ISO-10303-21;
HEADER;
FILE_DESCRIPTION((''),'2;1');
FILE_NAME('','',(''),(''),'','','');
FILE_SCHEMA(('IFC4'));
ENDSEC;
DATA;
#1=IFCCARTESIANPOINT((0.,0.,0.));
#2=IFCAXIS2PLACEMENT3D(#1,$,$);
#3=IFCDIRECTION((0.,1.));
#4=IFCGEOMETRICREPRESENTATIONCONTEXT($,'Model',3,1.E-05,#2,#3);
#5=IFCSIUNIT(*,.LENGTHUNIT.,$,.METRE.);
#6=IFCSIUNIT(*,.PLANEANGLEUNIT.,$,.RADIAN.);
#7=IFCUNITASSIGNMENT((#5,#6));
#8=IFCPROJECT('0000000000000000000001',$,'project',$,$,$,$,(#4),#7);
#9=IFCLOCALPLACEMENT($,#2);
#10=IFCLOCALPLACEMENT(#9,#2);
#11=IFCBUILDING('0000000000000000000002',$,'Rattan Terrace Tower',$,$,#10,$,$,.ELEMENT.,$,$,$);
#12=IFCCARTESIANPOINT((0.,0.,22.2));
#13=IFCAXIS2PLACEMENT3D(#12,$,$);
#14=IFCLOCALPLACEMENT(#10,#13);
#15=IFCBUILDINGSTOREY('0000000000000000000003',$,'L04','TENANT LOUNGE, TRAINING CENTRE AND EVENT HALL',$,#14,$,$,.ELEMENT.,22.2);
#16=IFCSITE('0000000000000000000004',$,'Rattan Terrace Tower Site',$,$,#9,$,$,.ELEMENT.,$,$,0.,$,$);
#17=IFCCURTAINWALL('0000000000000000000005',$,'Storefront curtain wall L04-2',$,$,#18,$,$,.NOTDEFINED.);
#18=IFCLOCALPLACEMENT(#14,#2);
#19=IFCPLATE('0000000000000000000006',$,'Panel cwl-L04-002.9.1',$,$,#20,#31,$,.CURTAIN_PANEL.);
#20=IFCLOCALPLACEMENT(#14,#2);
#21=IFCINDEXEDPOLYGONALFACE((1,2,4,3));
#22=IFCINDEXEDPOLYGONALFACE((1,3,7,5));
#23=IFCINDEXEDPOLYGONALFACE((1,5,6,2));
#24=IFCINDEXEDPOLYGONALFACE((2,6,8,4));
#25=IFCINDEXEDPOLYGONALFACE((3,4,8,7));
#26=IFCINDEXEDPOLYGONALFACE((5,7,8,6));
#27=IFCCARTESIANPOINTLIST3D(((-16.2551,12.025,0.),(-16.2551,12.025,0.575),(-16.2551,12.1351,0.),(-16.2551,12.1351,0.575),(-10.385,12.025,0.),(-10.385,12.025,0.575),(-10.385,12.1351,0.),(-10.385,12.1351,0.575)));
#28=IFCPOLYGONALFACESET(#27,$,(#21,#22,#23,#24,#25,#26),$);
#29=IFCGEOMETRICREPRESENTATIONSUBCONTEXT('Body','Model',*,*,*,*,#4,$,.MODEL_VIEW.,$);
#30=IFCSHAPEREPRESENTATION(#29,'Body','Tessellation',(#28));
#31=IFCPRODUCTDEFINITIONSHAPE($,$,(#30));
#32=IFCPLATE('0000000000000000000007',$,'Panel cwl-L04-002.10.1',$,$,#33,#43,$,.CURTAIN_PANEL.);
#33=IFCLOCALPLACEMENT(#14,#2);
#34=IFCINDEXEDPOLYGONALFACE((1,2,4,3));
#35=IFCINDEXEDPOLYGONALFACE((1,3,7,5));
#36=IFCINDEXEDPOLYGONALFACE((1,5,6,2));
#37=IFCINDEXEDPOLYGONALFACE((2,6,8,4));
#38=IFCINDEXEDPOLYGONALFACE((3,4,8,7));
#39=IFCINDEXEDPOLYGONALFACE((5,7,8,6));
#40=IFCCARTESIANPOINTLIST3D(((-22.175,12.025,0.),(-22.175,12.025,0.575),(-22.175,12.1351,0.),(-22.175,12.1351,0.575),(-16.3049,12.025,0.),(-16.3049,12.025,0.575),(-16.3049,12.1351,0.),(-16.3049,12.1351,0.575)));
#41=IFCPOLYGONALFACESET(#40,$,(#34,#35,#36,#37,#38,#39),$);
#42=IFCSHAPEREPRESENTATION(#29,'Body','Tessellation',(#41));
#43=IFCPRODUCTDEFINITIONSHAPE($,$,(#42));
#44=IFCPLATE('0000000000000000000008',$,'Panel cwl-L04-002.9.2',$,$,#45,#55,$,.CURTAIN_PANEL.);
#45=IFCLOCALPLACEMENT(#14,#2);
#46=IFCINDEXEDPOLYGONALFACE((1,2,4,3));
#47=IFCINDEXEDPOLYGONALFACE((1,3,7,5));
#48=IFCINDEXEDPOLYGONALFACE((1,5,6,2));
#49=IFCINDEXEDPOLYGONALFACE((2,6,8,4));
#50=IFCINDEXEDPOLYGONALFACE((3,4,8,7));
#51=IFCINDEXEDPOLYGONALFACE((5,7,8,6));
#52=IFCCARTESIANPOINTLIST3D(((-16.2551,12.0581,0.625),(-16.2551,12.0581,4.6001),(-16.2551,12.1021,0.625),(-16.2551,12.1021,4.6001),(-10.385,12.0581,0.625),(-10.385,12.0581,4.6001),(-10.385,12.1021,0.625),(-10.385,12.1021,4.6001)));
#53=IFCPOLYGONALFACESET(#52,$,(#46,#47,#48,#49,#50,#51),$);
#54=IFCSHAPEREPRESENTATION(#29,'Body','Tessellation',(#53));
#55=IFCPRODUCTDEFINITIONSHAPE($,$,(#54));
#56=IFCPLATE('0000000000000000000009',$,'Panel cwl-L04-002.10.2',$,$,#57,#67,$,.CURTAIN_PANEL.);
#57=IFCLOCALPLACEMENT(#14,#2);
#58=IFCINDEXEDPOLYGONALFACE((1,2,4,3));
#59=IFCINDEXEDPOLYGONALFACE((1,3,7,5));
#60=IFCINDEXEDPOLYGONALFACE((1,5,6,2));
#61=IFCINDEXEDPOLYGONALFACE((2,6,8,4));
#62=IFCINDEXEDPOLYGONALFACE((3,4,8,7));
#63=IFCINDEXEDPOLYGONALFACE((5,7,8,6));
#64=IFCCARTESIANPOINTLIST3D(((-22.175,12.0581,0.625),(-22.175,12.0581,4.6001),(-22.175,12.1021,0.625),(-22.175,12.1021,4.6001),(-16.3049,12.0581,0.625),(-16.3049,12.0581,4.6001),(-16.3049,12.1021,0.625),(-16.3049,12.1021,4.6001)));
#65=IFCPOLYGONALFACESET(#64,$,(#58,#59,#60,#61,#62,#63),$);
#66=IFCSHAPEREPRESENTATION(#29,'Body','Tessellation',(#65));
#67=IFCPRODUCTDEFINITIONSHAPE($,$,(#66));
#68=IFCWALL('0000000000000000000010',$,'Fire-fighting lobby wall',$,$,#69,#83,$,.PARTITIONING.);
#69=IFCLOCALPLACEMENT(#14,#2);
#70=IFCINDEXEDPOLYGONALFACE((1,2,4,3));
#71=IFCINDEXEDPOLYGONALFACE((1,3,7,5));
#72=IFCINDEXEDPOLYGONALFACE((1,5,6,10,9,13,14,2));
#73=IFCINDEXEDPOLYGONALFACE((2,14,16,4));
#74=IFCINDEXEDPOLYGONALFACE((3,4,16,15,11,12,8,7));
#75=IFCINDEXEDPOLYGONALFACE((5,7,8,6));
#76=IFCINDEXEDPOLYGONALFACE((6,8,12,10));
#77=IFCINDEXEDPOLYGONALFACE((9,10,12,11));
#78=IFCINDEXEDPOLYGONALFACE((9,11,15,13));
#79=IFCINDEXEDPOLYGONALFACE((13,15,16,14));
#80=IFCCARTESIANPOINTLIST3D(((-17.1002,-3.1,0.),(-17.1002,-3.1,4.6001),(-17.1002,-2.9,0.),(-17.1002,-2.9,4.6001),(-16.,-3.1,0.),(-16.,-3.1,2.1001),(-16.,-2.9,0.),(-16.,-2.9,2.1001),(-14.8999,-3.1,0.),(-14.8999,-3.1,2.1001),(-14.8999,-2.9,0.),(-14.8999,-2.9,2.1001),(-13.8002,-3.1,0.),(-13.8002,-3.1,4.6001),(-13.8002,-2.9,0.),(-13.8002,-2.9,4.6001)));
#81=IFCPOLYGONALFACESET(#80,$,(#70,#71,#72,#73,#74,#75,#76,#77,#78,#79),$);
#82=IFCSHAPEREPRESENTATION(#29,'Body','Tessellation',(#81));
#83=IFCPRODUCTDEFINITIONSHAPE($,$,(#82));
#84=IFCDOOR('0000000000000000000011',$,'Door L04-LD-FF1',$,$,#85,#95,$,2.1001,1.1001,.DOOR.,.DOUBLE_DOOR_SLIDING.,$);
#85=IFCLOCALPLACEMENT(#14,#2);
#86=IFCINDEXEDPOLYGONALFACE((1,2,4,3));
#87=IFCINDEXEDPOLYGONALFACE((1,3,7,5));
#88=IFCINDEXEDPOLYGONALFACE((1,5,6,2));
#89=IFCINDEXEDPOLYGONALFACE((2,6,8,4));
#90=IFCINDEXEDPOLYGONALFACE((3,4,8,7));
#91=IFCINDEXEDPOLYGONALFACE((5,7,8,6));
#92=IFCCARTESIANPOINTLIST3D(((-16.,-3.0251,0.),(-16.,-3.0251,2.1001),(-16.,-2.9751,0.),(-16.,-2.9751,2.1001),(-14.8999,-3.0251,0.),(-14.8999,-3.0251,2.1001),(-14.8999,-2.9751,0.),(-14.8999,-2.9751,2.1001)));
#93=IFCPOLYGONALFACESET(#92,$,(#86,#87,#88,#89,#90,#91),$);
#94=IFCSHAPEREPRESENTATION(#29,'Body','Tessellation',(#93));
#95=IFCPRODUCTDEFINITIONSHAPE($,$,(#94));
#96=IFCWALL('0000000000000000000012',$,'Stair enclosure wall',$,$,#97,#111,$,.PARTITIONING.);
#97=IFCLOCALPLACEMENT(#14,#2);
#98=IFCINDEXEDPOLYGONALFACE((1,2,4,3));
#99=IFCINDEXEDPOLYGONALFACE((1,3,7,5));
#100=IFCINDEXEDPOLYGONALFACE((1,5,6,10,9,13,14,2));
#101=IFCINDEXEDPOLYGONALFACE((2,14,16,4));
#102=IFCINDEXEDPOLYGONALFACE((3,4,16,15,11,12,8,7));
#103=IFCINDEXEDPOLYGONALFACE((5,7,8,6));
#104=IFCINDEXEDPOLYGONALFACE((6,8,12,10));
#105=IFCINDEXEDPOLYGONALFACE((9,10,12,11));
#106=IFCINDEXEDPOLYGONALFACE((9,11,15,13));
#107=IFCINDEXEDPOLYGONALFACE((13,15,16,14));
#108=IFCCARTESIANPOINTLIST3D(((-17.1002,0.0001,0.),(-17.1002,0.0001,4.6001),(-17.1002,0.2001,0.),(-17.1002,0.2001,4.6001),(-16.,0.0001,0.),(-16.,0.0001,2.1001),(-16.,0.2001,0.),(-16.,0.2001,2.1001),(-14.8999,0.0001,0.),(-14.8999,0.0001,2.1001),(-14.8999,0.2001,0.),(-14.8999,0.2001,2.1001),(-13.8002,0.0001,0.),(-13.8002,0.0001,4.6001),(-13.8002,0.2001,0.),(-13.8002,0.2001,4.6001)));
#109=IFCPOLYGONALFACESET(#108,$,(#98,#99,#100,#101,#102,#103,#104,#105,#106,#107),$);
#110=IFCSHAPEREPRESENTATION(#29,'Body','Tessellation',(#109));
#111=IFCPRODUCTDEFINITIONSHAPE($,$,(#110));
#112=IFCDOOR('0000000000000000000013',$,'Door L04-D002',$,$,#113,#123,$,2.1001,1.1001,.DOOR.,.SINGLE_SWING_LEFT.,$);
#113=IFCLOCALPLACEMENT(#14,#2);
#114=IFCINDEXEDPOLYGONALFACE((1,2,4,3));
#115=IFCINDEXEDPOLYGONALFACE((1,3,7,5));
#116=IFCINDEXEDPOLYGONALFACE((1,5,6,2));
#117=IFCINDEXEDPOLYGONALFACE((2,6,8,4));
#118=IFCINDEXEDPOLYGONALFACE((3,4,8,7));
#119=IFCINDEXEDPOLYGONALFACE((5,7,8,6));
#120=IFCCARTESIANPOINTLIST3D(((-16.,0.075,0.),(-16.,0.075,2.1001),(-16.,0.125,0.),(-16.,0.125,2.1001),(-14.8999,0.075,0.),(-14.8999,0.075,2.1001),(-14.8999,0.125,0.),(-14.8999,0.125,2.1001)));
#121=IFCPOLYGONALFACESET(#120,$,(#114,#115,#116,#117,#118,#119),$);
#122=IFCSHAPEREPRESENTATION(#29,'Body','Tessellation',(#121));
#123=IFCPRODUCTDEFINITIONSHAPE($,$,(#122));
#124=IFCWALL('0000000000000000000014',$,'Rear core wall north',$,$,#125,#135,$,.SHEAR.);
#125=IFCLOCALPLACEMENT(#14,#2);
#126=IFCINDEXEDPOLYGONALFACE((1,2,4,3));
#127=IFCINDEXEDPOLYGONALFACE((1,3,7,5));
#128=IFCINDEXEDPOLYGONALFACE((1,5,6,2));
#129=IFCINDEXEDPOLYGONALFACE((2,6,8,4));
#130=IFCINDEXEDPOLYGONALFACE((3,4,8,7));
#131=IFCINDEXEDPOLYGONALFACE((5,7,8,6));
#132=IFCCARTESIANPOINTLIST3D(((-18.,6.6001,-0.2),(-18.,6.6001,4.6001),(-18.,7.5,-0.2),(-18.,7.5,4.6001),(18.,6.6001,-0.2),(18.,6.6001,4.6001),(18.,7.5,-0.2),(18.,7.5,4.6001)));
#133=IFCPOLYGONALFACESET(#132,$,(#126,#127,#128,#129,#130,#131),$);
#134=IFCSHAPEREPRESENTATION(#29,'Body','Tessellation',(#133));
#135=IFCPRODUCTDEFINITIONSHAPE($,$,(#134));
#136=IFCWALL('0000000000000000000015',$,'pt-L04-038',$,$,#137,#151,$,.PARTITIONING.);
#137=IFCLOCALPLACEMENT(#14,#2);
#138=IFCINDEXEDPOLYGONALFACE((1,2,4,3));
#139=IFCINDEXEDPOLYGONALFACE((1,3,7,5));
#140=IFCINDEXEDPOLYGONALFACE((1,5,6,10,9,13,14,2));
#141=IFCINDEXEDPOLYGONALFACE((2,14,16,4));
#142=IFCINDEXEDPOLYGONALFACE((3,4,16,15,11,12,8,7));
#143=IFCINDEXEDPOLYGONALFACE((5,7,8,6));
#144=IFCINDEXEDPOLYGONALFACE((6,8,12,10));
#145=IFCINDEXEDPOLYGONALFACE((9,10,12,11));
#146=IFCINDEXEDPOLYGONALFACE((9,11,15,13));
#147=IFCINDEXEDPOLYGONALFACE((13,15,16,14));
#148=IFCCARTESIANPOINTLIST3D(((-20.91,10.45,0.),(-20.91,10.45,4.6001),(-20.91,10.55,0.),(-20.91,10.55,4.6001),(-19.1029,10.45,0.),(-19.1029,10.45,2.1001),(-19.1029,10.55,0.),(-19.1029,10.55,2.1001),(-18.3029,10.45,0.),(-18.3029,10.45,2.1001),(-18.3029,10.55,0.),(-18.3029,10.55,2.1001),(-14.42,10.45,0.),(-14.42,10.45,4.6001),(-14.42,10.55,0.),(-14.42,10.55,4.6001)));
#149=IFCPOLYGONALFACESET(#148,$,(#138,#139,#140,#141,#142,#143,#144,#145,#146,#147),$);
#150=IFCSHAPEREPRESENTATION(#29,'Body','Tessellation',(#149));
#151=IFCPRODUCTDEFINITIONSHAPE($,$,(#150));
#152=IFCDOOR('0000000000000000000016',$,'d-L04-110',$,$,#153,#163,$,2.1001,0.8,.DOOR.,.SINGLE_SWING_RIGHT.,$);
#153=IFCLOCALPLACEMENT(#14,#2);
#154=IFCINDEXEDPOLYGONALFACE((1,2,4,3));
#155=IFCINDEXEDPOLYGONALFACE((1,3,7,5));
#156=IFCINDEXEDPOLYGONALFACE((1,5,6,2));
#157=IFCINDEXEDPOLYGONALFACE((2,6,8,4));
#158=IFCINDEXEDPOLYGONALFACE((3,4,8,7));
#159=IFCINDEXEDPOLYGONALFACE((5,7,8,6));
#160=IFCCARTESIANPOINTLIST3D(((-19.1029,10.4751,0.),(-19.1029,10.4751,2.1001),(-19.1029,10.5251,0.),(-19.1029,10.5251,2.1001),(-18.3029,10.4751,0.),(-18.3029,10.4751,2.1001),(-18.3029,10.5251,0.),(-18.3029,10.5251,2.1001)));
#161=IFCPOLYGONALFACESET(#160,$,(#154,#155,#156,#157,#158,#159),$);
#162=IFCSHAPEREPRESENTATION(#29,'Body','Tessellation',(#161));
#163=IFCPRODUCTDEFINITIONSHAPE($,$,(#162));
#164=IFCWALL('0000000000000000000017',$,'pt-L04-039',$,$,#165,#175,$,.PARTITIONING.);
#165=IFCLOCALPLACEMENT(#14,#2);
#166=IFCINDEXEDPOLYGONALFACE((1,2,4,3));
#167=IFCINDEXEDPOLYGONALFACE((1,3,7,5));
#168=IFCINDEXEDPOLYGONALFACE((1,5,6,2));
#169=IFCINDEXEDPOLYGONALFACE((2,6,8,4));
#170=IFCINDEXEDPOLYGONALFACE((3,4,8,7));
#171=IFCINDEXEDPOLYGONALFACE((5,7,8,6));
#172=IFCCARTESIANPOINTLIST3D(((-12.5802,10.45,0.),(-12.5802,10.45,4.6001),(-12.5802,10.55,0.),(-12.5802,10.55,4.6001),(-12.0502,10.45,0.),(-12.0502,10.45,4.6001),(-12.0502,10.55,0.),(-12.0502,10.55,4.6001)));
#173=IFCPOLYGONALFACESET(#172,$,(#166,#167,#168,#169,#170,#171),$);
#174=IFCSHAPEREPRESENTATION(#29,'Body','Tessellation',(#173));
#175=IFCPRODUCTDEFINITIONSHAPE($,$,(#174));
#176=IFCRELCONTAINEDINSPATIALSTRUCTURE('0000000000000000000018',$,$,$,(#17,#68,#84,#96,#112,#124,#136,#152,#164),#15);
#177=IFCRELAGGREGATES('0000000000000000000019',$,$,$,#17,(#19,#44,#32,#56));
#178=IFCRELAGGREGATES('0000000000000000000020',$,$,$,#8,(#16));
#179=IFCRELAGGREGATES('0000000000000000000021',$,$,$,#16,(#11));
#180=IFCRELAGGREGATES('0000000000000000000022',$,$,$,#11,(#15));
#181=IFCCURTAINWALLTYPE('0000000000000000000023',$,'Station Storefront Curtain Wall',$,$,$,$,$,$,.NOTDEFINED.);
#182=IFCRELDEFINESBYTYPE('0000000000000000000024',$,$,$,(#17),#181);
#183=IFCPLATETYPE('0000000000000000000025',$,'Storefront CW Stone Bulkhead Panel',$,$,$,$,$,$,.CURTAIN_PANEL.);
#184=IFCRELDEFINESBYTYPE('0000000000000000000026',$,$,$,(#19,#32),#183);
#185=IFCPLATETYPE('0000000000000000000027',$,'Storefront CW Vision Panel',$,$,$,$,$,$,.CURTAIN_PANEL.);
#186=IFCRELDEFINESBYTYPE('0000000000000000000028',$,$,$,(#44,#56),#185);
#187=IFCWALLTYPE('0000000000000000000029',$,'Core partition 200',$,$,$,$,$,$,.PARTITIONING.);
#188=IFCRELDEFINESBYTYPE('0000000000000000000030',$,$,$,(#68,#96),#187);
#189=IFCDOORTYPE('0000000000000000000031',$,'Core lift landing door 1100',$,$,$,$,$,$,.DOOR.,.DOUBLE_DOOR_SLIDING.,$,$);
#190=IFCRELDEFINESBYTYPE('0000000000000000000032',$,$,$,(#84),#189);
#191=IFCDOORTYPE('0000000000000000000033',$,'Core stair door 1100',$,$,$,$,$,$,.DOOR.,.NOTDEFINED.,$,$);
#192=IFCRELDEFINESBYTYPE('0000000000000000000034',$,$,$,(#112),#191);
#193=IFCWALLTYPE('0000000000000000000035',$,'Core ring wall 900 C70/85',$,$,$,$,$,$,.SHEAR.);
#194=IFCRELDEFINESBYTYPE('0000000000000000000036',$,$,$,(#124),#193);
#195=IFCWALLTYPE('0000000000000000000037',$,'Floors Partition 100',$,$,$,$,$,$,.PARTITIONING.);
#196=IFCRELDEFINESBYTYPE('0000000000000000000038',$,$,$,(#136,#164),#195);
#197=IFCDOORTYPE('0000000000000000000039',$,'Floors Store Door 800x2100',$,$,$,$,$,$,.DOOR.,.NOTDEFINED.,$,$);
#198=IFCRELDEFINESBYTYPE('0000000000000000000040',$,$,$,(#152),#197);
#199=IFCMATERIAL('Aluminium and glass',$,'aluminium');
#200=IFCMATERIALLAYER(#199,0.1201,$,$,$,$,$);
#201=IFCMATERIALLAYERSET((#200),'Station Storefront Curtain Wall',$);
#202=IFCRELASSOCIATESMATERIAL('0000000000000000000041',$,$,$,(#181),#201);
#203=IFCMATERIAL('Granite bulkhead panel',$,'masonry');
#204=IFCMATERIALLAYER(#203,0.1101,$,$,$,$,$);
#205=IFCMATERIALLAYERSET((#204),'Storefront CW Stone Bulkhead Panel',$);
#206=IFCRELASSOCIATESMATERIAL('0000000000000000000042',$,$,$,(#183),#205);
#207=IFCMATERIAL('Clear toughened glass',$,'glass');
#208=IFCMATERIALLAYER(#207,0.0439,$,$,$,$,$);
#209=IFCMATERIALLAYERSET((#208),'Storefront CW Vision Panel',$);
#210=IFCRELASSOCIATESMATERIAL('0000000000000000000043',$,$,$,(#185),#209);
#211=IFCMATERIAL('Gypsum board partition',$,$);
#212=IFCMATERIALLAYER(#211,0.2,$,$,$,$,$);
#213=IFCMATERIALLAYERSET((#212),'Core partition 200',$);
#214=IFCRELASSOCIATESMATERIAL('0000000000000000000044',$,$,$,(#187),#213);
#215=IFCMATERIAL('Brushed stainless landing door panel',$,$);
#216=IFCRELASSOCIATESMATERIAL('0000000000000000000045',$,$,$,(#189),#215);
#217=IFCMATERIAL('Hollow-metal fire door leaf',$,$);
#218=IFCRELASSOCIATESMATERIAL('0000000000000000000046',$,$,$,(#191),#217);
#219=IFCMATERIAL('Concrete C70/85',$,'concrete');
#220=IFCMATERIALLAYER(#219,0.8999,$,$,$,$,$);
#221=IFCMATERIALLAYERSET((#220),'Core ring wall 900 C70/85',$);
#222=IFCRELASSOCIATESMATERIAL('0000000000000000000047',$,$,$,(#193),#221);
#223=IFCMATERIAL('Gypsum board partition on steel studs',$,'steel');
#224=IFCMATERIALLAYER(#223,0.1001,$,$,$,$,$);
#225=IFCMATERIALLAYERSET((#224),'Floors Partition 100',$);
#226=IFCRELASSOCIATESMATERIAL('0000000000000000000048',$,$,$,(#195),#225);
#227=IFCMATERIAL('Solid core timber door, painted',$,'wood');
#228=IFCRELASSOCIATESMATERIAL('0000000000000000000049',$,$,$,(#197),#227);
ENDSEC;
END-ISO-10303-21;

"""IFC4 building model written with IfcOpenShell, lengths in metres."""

from ifc_helpers import new_model, si_unit, direction, frame, frame_2d, origin, origin_2d, place, context, subcontext, project, spatial, rectangle, extrude, material, layer, layer_set, type_object, element, fill, aggregate, save


model = new_model("IFC4")

# Units and contexts
model_context = context("Model", 3, precision=1e-05, world=origin(), true_north=direction((0.0, 1.0)))
body_context = subcontext(model_context, "Body", "Model", "MODEL_VIEW")
ifc_project = project(units=[si_unit("LENGTHUNIT", "METRE"), si_unit("PLANEANGLEUNIT", "RADIAN")], contexts=[model_context])

# Site, building, storey
site_placement = place(None, origin())
site = spatial("IfcSite", under=ifc_project, at=site_placement, Name="Rattan Terrace Tower Site", CompositionType="ELEMENT", RefElevation=0.0)
building_placement = place(site_placement, origin())
building = spatial("IfcBuilding", under=site, at=building_placement, Name="Rattan Terrace Tower", CompositionType="ELEMENT")
storey_placement = place(building_placement, frame((0.0, 0.0, 22.2)))
storey = spatial("IfcBuildingStorey", under=building, at=storey_placement, Name="L04", Description="TENANT LOUNGE, TRAINING CENTRE AND EVENT HALL", CompositionType="ELEMENT", Elevation=22.2)

# Curtain wall, plates
ifc_material_1 = material(Name="Aluminium and glass", Category="aluminium")
ifc_layer_1 = layer(ifc_material_1, 0.1201)
ifc_layer_set_1 = layer_set([ifc_layer_1], Name="Station Storefront Curtain Wall")
curtain_wall_type = type_object("IfcCurtainWallType", Name="Station Storefront Curtain Wall", PredefinedType="NOTDEFINED", material=ifc_layer_set_1)
curtain_wall_placement = place(storey_placement, origin())
curtain_wall = element("IfcCurtainWall", 1, at=curtain_wall_placement, inside=storey, type_object=curtain_wall_type, Name="Storefront curtain wall L04-2", PredefinedType="NOTDEFINED")
ifc_material_2 = material(Name="Granite bulkhead panel", Category="masonry")
ifc_layer_2 = layer(ifc_material_2, 0.1101)
ifc_layer_set_2 = layer_set([ifc_layer_2], Name="Storefront CW Stone Bulkhead Panel")
plate_type_1 = type_object("IfcPlateType", Name="Storefront CW Stone Bulkhead Panel", PredefinedType="CURTAIN_PANEL", material=ifc_layer_set_2)
plate_1_placement = place(storey_placement, frame((-13.3201, 12.0801, 0.0), z_axis=(0.0, 0.0, 1.0), x_axis=(-1.0, 0.0, 0.0)))
plate_1 = element("IfcPlate", 2, at=plate_1_placement, type_object=plate_type_1, Name="Panel cwl-L04-002.9.1", PredefinedType="CURTAIN_PANEL", context=body_context, shape_type="SweptSolid", body=[
    extrude(rectangle(XDim=5.8701, YDim=0.1101, at=origin_2d()), origin(), (0.0, 0.0, 1.0), 0.575),
])
plate_2_placement = place(storey_placement, frame((-19.24, 12.0801, 0.0), z_axis=(0.0, 0.0, 1.0), x_axis=(-1.0, 0.0, 0.0)))
plate_2 = element("IfcPlate", 3, at=plate_2_placement, type_object=plate_type_1, Name="Panel cwl-L04-002.10.1", PredefinedType="CURTAIN_PANEL", context=body_context, shape_type="SweptSolid", body=[
    extrude(rectangle(XDim=5.8701, YDim=0.1101, at=origin_2d()), origin(), (0.0, 0.0, 1.0), 0.575),
])
ifc_material_3 = material(Name="Clear toughened glass", Category="glass")
ifc_layer_3 = layer(ifc_material_3, 0.0439)
ifc_layer_set_3 = layer_set([ifc_layer_3], Name="Storefront CW Vision Panel")
plate_type_2 = type_object("IfcPlateType", Name="Storefront CW Vision Panel", PredefinedType="CURTAIN_PANEL", material=ifc_layer_set_3)
plate_3_placement = place(storey_placement, frame((-13.3201, 12.0801, 0.625), z_axis=(0.0, 0.0, 1.0), x_axis=(-1.0, 0.0, 0.0)))
plate_3 = element("IfcPlate", 4, at=plate_3_placement, type_object=plate_type_2, Name="Panel cwl-L04-002.9.2", PredefinedType="CURTAIN_PANEL", context=body_context, shape_type="SweptSolid", body=[
    extrude(rectangle(XDim=5.8701, YDim=0.0439, at=origin_2d()), origin(), (0.0, 0.0, 1.0), 3.9751),
])
plate_4_placement = place(storey_placement, frame((-19.24, 12.0801, 0.625), z_axis=(0.0, 0.0, 1.0), x_axis=(-1.0, 0.0, 0.0)))
plate_4 = element("IfcPlate", 5, at=plate_4_placement, type_object=plate_type_2, Name="Panel cwl-L04-002.10.2", PredefinedType="CURTAIN_PANEL", context=body_context, shape_type="SweptSolid", body=[
    extrude(rectangle(XDim=5.8701, YDim=0.0439, at=origin_2d()), origin(), (0.0, 0.0, 1.0), 3.9751),
])
aggregate(curtain_wall, [plate_1, plate_3, plate_2, plate_4])

# Walls, openings, doors
ifc_material_4 = material(Name="Gypsum board partition")
ifc_layer_4 = layer(ifc_material_4, 0.2)
ifc_layer_set_4 = layer_set([ifc_layer_4], Name="Core partition 200")
wall_type_1 = type_object("IfcWallType", Name="Core partition 200", PredefinedType="PARTITIONING", material=ifc_layer_set_4)
wall_1_placement = place(storey_placement, frame((-17.1001, -3.0, 0.0), z_axis=(0.0, 0.0, 1.0), x_axis=(1.0, 0.0, 0.0)))
wall_1 = element("IfcWall", 6, at=wall_1_placement, inside=storey, type_object=wall_type_1, Name="Fire-fighting lobby wall", PredefinedType="PARTITIONING", context=body_context, shape_type="SweptSolid", body=[
    extrude(rectangle(XDim=3.3, YDim=0.2, at=frame_2d((1.6499, 0.0))), origin(), (0.0, 0.0, 1.0), 4.6001),
])
opening_1_placement = place(wall_1_placement, frame((1.1001, 0.0, 0.0)))
opening_1 = element("IfcOpeningElement", 7, at=opening_1_placement, cuts=wall_1, PredefinedType="OPENING", context=body_context, shape_type="SweptSolid", body=[
    extrude(rectangle(XDim=1.1001, YDim=2.1001, at=frame_2d((0.55, 1.05))), frame((0.0, 0.1106, 0.0), z_axis=(0.0, -1.0, 0.0), x_axis=(1.0, 0.0, 0.0)), (0.0, 0.0, 1.0), 0.2209),
])
ifc_material_5 = material(Name="Brushed stainless landing door panel")
door_type_1 = type_object("IfcDoorType", Name="Core lift landing door 1100", OperationType="DOUBLE_DOOR_SLIDING", PredefinedType="DOOR", material=ifc_material_5)
door_1_placement = place(opening_1_placement, origin())
door_1 = element("IfcDoor", 8, at=door_1_placement, inside=storey, type_object=door_type_1, Name="Door L04-LD-FF1", OperationType="DOUBLE_DOOR_SLIDING", OverallHeight=2.1001, OverallWidth=1.1001, PredefinedType="DOOR", context=body_context, shape_type="SweptSolid", body=[
    extrude(rectangle(XDim=1.1001, YDim=2.1001, at=frame_2d((0.55, 1.05))), frame((0.0, 0.0249, 0.0), z_axis=(0.0, -1.0, 0.0), x_axis=(1.0, 0.0, 0.0)), (0.0, 0.0, 1.0), 0.05),
])
fill(opening_1, door_1)
wall_2_placement = place(storey_placement, frame((-17.1001, 0.1001, 0.0), z_axis=(0.0, 0.0, 1.0), x_axis=(1.0, 0.0, 0.0)))
wall_2 = element("IfcWall", 9, at=wall_2_placement, inside=storey, type_object=wall_type_1, Name="Stair enclosure wall", PredefinedType="PARTITIONING", context=body_context, shape_type="SweptSolid", body=[
    extrude(rectangle(XDim=3.3, YDim=0.2, at=frame_2d((1.6499, 0.0))), origin(), (0.0, 0.0, 1.0), 4.6001),
])
opening_2_placement = place(wall_2_placement, frame((1.1001, 0.0, 0.0)))
opening_2 = element("IfcOpeningElement", 10, at=opening_2_placement, cuts=wall_2, PredefinedType="OPENING", context=body_context, shape_type="SweptSolid", body=[
    extrude(rectangle(XDim=1.1001, YDim=2.1001, at=frame_2d((0.55, 1.05))), frame((0.0, 0.1106, 0.0), z_axis=(0.0, -1.0, 0.0), x_axis=(1.0, 0.0, 0.0)), (0.0, 0.0, 1.0), 0.2209),
])
ifc_material_6 = material(Name="Hollow-metal fire door leaf")
door_type_2 = type_object("IfcDoorType", Name="Core stair door 1100", OperationType="NOTDEFINED", PredefinedType="DOOR", material=ifc_material_6)
door_2_placement = place(opening_2_placement, origin())
door_2 = element("IfcDoor", 11, at=door_2_placement, inside=storey, type_object=door_type_2, Name="Door L04-D002", OperationType="SINGLE_SWING_LEFT", OverallHeight=2.1001, OverallWidth=1.1001, PredefinedType="DOOR", context=body_context, shape_type="SweptSolid", body=[
    extrude(rectangle(XDim=1.1001, YDim=2.1001, at=frame_2d((0.55, 1.05))), frame((0.0, 0.0249, 0.0), z_axis=(0.0, -1.0, 0.0), x_axis=(1.0, 0.0, 0.0)), (0.0, 0.0, 1.0), 0.05),
])
fill(opening_2, door_2)

# Wall
ifc_material_7 = material(Name="Concrete C70/85", Category="concrete")
ifc_layer_5 = layer(ifc_material_7, 0.8999)
ifc_layer_set_5 = layer_set([ifc_layer_5], Name="Core ring wall 900 C70/85")
wall_type_2 = type_object("IfcWallType", Name="Core ring wall 900 C70/85", PredefinedType="SHEAR", material=ifc_layer_set_5)
wall_3_placement = place(storey_placement, frame((-18.0, 7.05, -0.2), z_axis=(0.0, 0.0, 1.0), x_axis=(1.0, 0.0, 0.0)))
element("IfcWall", 12, at=wall_3_placement, inside=storey, type_object=wall_type_2, Name="Rear core wall north", PredefinedType="SHEAR", context=body_context, shape_type="SweptSolid", body=[
    extrude(rectangle(XDim=36.0, YDim=0.8999, at=frame_2d((18.0, 0.0))), origin(), (0.0, 0.0, 1.0), 4.8),
])

# Wall, opening, door
ifc_material_8 = material(Name="Gypsum board partition on steel studs", Category="steel")
ifc_layer_6 = layer(ifc_material_8, 0.1001)
ifc_layer_set_6 = layer_set([ifc_layer_6], Name="Floors Partition 100")
wall_type_3 = type_object("IfcWallType", Name="Floors Partition 100", PredefinedType="PARTITIONING", material=ifc_layer_set_6)
wall_4_placement = place(storey_placement, frame((-14.4199, 10.5, 0.0), z_axis=(0.0, 0.0, 1.0), x_axis=(-1.0, 0.0, 0.0)))
wall_4 = element("IfcWall", 13, at=wall_4_placement, inside=storey, type_object=wall_type_3, Name="pt-L04-038", PredefinedType="PARTITIONING", context=body_context, shape_type="SweptSolid", body=[
    extrude(rectangle(XDim=6.49, YDim=0.1001, at=frame_2d((3.2451, 0.0))), origin(), (0.0, 0.0, 1.0), 4.6001),
])
opening_3_placement = place(wall_4_placement, frame((3.8831, 0.0, 0.0)))
opening_3 = element("IfcOpeningElement", 14, at=opening_3_placement, cuts=wall_4, PredefinedType="OPENING", context=body_context, shape_type="SweptSolid", body=[
    extrude(rectangle(XDim=0.8, YDim=2.1001, at=frame_2d((0.3999, 1.05))), frame((0.0, 0.0605, 0.0), z_axis=(0.0, -1.0, 0.0), x_axis=(1.0, 0.0, 0.0)), (0.0, 0.0, 1.0), 0.1211),
])
ifc_material_9 = material(Name="Solid core timber door, painted", Category="wood")
door_type_3 = type_object("IfcDoorType", Name="Floors Store Door 800x2100", OperationType="NOTDEFINED", PredefinedType="DOOR", material=ifc_material_9)
door_3_placement = place(opening_3_placement, origin())
door_3 = element("IfcDoor", 15, at=door_3_placement, inside=storey, type_object=door_type_3, Name="d-L04-110", OperationType="SINGLE_SWING_RIGHT", OverallHeight=2.1001, OverallWidth=0.8, PredefinedType="DOOR", context=body_context, shape_type="SweptSolid", body=[
    extrude(rectangle(XDim=0.8, YDim=2.1001, at=frame_2d((0.3999, 1.05))), frame((0.0, 0.0249, 0.0), z_axis=(0.0, -1.0, 0.0), x_axis=(1.0, 0.0, 0.0)), (0.0, 0.0, 1.0), 0.05),
])
fill(opening_3, door_3)

# Wall
wall_5_placement = place(storey_placement, frame((-12.05, 10.5, 0.0), z_axis=(0.0, 0.0, 1.0), x_axis=(-1.0, 0.0, 0.0)))
element("IfcWall", 16, at=wall_5_placement, inside=storey, type_object=wall_type_3, Name="pt-L04-039", PredefinedType="PARTITIONING", context=body_context, shape_type="SweptSolid", body=[
    extrude(rectangle(XDim=0.53, YDim=0.1001, at=frame_2d((0.2651, 0.0))), origin(), (0.0, 0.0, 1.0), 4.6001),
])

save(model, "model.ifc")
